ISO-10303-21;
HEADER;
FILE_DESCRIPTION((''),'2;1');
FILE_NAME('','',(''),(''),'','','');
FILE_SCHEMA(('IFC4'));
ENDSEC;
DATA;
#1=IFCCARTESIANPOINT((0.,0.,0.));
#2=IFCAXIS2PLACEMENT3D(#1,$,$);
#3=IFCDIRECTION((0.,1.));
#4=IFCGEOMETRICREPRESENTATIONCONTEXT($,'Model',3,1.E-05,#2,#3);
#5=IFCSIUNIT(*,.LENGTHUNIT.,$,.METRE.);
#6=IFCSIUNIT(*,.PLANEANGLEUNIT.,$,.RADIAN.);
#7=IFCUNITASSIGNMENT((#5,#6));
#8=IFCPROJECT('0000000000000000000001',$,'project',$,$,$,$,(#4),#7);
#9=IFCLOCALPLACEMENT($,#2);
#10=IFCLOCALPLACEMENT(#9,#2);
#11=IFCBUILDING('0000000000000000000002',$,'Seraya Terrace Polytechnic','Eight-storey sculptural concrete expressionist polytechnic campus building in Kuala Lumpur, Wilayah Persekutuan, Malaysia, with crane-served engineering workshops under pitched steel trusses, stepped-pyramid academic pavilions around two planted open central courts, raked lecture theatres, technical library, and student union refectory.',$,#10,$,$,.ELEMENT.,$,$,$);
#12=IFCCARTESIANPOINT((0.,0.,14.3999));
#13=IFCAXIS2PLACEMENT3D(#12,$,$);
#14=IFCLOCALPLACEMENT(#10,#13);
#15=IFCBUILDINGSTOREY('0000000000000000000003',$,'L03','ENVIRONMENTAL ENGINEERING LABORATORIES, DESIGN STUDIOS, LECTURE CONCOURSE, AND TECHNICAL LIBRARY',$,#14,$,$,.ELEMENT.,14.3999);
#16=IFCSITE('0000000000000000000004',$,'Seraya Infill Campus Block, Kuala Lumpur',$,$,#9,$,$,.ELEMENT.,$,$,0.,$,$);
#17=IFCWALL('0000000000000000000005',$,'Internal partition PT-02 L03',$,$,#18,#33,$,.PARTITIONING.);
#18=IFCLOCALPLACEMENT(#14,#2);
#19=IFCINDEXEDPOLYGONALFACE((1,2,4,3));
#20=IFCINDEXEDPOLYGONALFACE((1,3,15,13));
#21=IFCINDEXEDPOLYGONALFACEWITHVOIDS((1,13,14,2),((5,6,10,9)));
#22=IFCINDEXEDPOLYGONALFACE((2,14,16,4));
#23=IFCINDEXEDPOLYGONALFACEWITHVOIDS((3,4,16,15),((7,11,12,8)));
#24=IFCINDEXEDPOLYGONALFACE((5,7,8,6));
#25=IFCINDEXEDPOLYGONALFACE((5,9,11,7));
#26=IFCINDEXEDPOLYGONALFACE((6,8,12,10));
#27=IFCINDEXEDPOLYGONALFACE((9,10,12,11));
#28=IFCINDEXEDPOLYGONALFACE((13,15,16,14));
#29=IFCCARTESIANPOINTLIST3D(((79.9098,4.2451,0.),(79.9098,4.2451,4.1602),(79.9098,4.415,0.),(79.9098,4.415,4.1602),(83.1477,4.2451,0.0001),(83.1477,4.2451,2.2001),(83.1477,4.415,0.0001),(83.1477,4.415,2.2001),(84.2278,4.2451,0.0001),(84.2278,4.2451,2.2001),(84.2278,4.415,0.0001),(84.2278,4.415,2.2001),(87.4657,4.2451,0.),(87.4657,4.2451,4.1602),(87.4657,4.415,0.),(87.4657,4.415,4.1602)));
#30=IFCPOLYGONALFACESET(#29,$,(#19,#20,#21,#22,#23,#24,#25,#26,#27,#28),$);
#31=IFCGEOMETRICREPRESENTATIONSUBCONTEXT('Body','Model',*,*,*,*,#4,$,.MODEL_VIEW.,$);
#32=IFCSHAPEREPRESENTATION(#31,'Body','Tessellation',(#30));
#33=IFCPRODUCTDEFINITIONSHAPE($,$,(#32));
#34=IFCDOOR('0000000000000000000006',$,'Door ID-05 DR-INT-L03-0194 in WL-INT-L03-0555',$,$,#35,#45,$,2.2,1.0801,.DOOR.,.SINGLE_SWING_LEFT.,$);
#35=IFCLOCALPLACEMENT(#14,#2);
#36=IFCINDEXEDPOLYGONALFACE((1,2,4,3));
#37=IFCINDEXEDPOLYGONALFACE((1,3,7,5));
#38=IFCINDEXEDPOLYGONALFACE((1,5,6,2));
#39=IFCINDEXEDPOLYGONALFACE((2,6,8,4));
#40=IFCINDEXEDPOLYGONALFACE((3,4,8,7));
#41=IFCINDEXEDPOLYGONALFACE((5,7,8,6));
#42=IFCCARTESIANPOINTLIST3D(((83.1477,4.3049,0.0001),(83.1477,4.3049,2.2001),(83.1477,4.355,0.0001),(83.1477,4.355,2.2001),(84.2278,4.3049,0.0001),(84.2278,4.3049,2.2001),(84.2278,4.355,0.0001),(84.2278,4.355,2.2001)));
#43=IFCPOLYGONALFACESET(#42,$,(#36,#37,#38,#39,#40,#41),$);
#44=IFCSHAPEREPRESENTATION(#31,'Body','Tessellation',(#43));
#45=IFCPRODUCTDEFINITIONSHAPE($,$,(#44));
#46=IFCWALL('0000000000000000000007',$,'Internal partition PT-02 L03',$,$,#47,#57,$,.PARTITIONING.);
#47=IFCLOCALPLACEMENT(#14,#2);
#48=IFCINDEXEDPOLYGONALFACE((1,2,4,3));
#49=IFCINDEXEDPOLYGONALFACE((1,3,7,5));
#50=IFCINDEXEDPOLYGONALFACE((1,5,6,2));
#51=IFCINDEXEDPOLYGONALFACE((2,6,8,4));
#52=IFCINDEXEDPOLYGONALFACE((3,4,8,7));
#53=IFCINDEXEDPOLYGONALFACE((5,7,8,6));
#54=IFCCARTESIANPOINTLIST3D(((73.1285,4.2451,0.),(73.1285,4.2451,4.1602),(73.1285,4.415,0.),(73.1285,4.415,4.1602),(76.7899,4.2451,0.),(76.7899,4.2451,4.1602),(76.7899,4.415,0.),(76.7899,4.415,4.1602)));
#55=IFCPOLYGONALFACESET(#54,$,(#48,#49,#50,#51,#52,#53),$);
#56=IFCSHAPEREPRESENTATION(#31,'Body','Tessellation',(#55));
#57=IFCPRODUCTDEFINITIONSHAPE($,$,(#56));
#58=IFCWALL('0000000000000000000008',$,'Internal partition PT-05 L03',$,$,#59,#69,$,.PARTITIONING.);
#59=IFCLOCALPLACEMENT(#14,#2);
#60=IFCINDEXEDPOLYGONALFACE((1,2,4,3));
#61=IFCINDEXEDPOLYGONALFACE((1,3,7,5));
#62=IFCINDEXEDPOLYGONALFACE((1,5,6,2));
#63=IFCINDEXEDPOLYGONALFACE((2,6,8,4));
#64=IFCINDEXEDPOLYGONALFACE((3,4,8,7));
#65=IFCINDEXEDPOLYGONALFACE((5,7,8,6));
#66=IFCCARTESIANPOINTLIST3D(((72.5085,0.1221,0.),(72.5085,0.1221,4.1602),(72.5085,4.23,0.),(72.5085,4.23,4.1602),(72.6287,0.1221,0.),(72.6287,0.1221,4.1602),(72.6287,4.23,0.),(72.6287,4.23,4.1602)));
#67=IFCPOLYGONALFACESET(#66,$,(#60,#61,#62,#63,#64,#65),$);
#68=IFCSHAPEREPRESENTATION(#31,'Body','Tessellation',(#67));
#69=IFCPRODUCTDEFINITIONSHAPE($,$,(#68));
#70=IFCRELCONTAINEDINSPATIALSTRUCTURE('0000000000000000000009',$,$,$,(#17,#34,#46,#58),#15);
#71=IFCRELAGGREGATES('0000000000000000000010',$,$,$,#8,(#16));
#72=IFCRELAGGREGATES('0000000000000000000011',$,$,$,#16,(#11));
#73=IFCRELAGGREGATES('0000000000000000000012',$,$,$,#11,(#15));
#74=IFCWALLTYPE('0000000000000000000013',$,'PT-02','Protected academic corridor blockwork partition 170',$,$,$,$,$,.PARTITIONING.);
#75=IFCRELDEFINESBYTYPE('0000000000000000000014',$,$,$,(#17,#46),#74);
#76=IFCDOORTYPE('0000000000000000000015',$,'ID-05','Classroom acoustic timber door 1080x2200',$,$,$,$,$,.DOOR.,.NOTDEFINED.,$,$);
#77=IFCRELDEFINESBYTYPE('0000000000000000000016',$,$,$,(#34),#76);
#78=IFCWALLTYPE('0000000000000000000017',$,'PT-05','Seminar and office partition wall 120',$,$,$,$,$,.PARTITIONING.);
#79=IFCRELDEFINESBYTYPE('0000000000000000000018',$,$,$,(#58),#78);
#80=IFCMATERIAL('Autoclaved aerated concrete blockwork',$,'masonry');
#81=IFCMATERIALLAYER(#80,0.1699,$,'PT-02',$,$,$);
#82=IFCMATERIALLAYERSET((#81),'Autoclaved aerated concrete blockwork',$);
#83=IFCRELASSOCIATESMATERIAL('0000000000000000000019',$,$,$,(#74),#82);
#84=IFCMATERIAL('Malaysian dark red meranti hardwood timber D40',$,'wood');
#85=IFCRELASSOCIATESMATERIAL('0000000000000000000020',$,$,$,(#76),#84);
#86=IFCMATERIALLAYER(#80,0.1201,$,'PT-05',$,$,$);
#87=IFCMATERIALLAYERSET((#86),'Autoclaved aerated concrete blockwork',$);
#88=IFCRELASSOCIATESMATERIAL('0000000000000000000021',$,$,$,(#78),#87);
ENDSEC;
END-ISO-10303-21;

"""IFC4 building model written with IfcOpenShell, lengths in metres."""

from ifc_helpers import new_model, si_unit, direction, frame, frame_2d, origin, place, context, subcontext, project, spatial, rectangle, extrude, material, layer, layer_set, type_object, element, fill, save


model = new_model("IFC4")

# Units and contexts
model_context = context("Model", 3, precision=1e-05, world=origin(), true_north=direction((0.0, 1.0)))
body_context = subcontext(model_context, "Body", "Model", "MODEL_VIEW")
ifc_project = project(units=[si_unit("LENGTHUNIT", "METRE"), si_unit("PLANEANGLEUNIT", "RADIAN")], contexts=[model_context])

# Site, building, storey
site_placement = place(None, origin())
site = spatial("IfcSite", under=ifc_project, at=site_placement, Name="Seraya Infill Campus Block, Kuala Lumpur", CompositionType="ELEMENT", RefElevation=0.0)
building_placement = place(site_placement, origin())
building = spatial("IfcBuilding", under=site, at=building_placement, Name="Seraya Terrace Polytechnic", Description="Eight-storey sculptural concrete expressionist polytechnic campus building in Kuala Lumpur, Wilayah Persekutuan, Malaysia, with crane-served engineering workshops under pitched steel trusses, stepped-pyramid academic pavilions around two planted open central courts, raked lecture theatres, technical library, and student union refectory.", CompositionType="ELEMENT")
storey_placement = place(building_placement, frame((0.0, 0.0, 14.3999)))
storey = spatial("IfcBuildingStorey", under=building, at=storey_placement, Name="L03", Description="ENVIRONMENTAL ENGINEERING LABORATORIES, DESIGN STUDIOS, LECTURE CONCOURSE, AND TECHNICAL LIBRARY", CompositionType="ELEMENT", Elevation=14.3999)

# Wall, opening, door
ifc_material_1 = material(Name="Autoclaved aerated concrete blockwork", Category="masonry")
ifc_layer_1 = layer(ifc_material_1, 0.1699, Name="PT-02")
ifc_layer_set_1 = layer_set([ifc_layer_1], Name="Autoclaved aerated concrete blockwork")
wall_type_1 = type_object("IfcWallType", Name="PT-02", Description="Protected academic corridor blockwork partition 170", PredefinedType="PARTITIONING", material=ifc_layer_set_1)
ifc_material_2 = material(Name="Malaysian dark red meranti hardwood timber D40", Category="wood")
wall_1_placement = place(storey_placement, frame((79.9099, 4.3301, 0.0), z_axis=(0.0, 0.0, 1.0), x_axis=(1.0, 0.0, 0.0)))
wall_1 = element("IfcWall", 1, at=wall_1_placement, inside=storey, type_object=wall_type_1, Name="Internal partition PT-02 L03", PredefinedType="PARTITIONING", context=body_context, shape_type="SweptSolid", body=[
    extrude(rectangle(XDim=7.5559, YDim=0.1699, at=frame_2d((3.7778, 0.0))), origin(), (0.0, 0.0, 1.0), 4.1602),
])
opening_1_placement = place(wall_1_placement, frame((3.2378, 0.0, 0.0)))
opening_1 = element("IfcOpeningElement", 2, at=opening_1_placement, cuts=wall_1, PredefinedType="OPENING", context=body_context, shape_type="SweptSolid", body=[
    extrude(rectangle(XDim=1.0801, YDim=2.2, at=frame_2d((0.54, 1.1001))), frame((0.0, 0.0969, 0.0), z_axis=(0.0, -1.0, 0.0), x_axis=(1.0, 0.0, 0.0)), (0.0, 0.0, 1.0), 0.1938),
])
door_type_1 = type_object("IfcDoorType", Name="ID-05", Description="Classroom acoustic timber door 1080x2200", OperationType="NOTDEFINED", PredefinedType="DOOR", material=ifc_material_2)
door_1_placement = place(opening_1_placement, origin())
door_1 = element("IfcDoor", 3, at=door_1_placement, inside=storey, type_object=door_type_1, Name="Door ID-05 DR-INT-L03-0194 in WL-INT-L03-0555", OperationType="SINGLE_SWING_LEFT", OverallHeight=2.2, OverallWidth=1.0801, PredefinedType="DOOR", context=body_context, shape_type="SweptSolid", body=[
    extrude(rectangle(XDim=1.0801, YDim=2.2, at=frame_2d((0.54, 1.1001))), frame((0.0, 0.0249, 0.0), z_axis=(0.0, -1.0, 0.0), x_axis=(1.0, 0.0, 0.0)), (0.0, 0.0, 1.0), 0.05),
])
fill(opening_1, door_1)

# Walls
wall_2_placement = place(storey_placement, frame((73.1287, 4.3301, 0.0), z_axis=(0.0, 0.0, 1.0), x_axis=(1.0, 0.0, 0.0)))
element("IfcWall", 4, at=wall_2_placement, inside=storey, type_object=wall_type_1, Name="Internal partition PT-02 L03", PredefinedType="PARTITIONING", context=body_context, shape_type="SweptSolid", body=[
    extrude(rectangle(XDim=3.6614, YDim=0.1699, at=frame_2d((1.8306, 0.0))), origin(), (0.0, 0.0, 1.0), 4.1602),
])
ifc_layer_2 = layer(ifc_material_1, 0.1201, Name="PT-05")
ifc_layer_set_2 = layer_set([ifc_layer_2], Name="Autoclaved aerated concrete blockwork")
wall_type_2 = type_object("IfcWallType", Name="PT-05", Description="Seminar and office partition wall 120", PredefinedType="PARTITIONING", material=ifc_layer_set_2)
wall_3_placement = place(storey_placement, frame((72.5686, 0.1221, 0.0), z_axis=(0.0, 0.0, 1.0), x_axis=(0.0, 1.0, 0.0)))
element("IfcWall", 5, at=wall_3_placement, inside=storey, type_object=wall_type_2, Name="Internal partition PT-05 L03", PredefinedType="PARTITIONING", context=body_context, shape_type="SweptSolid", body=[
    extrude(rectangle(XDim=4.1079, YDim=0.1201, at=frame_2d((2.054, 0.0))), origin(), (0.0, 0.0, 1.0), 4.1602),
])

save(model, "model.ifc")
